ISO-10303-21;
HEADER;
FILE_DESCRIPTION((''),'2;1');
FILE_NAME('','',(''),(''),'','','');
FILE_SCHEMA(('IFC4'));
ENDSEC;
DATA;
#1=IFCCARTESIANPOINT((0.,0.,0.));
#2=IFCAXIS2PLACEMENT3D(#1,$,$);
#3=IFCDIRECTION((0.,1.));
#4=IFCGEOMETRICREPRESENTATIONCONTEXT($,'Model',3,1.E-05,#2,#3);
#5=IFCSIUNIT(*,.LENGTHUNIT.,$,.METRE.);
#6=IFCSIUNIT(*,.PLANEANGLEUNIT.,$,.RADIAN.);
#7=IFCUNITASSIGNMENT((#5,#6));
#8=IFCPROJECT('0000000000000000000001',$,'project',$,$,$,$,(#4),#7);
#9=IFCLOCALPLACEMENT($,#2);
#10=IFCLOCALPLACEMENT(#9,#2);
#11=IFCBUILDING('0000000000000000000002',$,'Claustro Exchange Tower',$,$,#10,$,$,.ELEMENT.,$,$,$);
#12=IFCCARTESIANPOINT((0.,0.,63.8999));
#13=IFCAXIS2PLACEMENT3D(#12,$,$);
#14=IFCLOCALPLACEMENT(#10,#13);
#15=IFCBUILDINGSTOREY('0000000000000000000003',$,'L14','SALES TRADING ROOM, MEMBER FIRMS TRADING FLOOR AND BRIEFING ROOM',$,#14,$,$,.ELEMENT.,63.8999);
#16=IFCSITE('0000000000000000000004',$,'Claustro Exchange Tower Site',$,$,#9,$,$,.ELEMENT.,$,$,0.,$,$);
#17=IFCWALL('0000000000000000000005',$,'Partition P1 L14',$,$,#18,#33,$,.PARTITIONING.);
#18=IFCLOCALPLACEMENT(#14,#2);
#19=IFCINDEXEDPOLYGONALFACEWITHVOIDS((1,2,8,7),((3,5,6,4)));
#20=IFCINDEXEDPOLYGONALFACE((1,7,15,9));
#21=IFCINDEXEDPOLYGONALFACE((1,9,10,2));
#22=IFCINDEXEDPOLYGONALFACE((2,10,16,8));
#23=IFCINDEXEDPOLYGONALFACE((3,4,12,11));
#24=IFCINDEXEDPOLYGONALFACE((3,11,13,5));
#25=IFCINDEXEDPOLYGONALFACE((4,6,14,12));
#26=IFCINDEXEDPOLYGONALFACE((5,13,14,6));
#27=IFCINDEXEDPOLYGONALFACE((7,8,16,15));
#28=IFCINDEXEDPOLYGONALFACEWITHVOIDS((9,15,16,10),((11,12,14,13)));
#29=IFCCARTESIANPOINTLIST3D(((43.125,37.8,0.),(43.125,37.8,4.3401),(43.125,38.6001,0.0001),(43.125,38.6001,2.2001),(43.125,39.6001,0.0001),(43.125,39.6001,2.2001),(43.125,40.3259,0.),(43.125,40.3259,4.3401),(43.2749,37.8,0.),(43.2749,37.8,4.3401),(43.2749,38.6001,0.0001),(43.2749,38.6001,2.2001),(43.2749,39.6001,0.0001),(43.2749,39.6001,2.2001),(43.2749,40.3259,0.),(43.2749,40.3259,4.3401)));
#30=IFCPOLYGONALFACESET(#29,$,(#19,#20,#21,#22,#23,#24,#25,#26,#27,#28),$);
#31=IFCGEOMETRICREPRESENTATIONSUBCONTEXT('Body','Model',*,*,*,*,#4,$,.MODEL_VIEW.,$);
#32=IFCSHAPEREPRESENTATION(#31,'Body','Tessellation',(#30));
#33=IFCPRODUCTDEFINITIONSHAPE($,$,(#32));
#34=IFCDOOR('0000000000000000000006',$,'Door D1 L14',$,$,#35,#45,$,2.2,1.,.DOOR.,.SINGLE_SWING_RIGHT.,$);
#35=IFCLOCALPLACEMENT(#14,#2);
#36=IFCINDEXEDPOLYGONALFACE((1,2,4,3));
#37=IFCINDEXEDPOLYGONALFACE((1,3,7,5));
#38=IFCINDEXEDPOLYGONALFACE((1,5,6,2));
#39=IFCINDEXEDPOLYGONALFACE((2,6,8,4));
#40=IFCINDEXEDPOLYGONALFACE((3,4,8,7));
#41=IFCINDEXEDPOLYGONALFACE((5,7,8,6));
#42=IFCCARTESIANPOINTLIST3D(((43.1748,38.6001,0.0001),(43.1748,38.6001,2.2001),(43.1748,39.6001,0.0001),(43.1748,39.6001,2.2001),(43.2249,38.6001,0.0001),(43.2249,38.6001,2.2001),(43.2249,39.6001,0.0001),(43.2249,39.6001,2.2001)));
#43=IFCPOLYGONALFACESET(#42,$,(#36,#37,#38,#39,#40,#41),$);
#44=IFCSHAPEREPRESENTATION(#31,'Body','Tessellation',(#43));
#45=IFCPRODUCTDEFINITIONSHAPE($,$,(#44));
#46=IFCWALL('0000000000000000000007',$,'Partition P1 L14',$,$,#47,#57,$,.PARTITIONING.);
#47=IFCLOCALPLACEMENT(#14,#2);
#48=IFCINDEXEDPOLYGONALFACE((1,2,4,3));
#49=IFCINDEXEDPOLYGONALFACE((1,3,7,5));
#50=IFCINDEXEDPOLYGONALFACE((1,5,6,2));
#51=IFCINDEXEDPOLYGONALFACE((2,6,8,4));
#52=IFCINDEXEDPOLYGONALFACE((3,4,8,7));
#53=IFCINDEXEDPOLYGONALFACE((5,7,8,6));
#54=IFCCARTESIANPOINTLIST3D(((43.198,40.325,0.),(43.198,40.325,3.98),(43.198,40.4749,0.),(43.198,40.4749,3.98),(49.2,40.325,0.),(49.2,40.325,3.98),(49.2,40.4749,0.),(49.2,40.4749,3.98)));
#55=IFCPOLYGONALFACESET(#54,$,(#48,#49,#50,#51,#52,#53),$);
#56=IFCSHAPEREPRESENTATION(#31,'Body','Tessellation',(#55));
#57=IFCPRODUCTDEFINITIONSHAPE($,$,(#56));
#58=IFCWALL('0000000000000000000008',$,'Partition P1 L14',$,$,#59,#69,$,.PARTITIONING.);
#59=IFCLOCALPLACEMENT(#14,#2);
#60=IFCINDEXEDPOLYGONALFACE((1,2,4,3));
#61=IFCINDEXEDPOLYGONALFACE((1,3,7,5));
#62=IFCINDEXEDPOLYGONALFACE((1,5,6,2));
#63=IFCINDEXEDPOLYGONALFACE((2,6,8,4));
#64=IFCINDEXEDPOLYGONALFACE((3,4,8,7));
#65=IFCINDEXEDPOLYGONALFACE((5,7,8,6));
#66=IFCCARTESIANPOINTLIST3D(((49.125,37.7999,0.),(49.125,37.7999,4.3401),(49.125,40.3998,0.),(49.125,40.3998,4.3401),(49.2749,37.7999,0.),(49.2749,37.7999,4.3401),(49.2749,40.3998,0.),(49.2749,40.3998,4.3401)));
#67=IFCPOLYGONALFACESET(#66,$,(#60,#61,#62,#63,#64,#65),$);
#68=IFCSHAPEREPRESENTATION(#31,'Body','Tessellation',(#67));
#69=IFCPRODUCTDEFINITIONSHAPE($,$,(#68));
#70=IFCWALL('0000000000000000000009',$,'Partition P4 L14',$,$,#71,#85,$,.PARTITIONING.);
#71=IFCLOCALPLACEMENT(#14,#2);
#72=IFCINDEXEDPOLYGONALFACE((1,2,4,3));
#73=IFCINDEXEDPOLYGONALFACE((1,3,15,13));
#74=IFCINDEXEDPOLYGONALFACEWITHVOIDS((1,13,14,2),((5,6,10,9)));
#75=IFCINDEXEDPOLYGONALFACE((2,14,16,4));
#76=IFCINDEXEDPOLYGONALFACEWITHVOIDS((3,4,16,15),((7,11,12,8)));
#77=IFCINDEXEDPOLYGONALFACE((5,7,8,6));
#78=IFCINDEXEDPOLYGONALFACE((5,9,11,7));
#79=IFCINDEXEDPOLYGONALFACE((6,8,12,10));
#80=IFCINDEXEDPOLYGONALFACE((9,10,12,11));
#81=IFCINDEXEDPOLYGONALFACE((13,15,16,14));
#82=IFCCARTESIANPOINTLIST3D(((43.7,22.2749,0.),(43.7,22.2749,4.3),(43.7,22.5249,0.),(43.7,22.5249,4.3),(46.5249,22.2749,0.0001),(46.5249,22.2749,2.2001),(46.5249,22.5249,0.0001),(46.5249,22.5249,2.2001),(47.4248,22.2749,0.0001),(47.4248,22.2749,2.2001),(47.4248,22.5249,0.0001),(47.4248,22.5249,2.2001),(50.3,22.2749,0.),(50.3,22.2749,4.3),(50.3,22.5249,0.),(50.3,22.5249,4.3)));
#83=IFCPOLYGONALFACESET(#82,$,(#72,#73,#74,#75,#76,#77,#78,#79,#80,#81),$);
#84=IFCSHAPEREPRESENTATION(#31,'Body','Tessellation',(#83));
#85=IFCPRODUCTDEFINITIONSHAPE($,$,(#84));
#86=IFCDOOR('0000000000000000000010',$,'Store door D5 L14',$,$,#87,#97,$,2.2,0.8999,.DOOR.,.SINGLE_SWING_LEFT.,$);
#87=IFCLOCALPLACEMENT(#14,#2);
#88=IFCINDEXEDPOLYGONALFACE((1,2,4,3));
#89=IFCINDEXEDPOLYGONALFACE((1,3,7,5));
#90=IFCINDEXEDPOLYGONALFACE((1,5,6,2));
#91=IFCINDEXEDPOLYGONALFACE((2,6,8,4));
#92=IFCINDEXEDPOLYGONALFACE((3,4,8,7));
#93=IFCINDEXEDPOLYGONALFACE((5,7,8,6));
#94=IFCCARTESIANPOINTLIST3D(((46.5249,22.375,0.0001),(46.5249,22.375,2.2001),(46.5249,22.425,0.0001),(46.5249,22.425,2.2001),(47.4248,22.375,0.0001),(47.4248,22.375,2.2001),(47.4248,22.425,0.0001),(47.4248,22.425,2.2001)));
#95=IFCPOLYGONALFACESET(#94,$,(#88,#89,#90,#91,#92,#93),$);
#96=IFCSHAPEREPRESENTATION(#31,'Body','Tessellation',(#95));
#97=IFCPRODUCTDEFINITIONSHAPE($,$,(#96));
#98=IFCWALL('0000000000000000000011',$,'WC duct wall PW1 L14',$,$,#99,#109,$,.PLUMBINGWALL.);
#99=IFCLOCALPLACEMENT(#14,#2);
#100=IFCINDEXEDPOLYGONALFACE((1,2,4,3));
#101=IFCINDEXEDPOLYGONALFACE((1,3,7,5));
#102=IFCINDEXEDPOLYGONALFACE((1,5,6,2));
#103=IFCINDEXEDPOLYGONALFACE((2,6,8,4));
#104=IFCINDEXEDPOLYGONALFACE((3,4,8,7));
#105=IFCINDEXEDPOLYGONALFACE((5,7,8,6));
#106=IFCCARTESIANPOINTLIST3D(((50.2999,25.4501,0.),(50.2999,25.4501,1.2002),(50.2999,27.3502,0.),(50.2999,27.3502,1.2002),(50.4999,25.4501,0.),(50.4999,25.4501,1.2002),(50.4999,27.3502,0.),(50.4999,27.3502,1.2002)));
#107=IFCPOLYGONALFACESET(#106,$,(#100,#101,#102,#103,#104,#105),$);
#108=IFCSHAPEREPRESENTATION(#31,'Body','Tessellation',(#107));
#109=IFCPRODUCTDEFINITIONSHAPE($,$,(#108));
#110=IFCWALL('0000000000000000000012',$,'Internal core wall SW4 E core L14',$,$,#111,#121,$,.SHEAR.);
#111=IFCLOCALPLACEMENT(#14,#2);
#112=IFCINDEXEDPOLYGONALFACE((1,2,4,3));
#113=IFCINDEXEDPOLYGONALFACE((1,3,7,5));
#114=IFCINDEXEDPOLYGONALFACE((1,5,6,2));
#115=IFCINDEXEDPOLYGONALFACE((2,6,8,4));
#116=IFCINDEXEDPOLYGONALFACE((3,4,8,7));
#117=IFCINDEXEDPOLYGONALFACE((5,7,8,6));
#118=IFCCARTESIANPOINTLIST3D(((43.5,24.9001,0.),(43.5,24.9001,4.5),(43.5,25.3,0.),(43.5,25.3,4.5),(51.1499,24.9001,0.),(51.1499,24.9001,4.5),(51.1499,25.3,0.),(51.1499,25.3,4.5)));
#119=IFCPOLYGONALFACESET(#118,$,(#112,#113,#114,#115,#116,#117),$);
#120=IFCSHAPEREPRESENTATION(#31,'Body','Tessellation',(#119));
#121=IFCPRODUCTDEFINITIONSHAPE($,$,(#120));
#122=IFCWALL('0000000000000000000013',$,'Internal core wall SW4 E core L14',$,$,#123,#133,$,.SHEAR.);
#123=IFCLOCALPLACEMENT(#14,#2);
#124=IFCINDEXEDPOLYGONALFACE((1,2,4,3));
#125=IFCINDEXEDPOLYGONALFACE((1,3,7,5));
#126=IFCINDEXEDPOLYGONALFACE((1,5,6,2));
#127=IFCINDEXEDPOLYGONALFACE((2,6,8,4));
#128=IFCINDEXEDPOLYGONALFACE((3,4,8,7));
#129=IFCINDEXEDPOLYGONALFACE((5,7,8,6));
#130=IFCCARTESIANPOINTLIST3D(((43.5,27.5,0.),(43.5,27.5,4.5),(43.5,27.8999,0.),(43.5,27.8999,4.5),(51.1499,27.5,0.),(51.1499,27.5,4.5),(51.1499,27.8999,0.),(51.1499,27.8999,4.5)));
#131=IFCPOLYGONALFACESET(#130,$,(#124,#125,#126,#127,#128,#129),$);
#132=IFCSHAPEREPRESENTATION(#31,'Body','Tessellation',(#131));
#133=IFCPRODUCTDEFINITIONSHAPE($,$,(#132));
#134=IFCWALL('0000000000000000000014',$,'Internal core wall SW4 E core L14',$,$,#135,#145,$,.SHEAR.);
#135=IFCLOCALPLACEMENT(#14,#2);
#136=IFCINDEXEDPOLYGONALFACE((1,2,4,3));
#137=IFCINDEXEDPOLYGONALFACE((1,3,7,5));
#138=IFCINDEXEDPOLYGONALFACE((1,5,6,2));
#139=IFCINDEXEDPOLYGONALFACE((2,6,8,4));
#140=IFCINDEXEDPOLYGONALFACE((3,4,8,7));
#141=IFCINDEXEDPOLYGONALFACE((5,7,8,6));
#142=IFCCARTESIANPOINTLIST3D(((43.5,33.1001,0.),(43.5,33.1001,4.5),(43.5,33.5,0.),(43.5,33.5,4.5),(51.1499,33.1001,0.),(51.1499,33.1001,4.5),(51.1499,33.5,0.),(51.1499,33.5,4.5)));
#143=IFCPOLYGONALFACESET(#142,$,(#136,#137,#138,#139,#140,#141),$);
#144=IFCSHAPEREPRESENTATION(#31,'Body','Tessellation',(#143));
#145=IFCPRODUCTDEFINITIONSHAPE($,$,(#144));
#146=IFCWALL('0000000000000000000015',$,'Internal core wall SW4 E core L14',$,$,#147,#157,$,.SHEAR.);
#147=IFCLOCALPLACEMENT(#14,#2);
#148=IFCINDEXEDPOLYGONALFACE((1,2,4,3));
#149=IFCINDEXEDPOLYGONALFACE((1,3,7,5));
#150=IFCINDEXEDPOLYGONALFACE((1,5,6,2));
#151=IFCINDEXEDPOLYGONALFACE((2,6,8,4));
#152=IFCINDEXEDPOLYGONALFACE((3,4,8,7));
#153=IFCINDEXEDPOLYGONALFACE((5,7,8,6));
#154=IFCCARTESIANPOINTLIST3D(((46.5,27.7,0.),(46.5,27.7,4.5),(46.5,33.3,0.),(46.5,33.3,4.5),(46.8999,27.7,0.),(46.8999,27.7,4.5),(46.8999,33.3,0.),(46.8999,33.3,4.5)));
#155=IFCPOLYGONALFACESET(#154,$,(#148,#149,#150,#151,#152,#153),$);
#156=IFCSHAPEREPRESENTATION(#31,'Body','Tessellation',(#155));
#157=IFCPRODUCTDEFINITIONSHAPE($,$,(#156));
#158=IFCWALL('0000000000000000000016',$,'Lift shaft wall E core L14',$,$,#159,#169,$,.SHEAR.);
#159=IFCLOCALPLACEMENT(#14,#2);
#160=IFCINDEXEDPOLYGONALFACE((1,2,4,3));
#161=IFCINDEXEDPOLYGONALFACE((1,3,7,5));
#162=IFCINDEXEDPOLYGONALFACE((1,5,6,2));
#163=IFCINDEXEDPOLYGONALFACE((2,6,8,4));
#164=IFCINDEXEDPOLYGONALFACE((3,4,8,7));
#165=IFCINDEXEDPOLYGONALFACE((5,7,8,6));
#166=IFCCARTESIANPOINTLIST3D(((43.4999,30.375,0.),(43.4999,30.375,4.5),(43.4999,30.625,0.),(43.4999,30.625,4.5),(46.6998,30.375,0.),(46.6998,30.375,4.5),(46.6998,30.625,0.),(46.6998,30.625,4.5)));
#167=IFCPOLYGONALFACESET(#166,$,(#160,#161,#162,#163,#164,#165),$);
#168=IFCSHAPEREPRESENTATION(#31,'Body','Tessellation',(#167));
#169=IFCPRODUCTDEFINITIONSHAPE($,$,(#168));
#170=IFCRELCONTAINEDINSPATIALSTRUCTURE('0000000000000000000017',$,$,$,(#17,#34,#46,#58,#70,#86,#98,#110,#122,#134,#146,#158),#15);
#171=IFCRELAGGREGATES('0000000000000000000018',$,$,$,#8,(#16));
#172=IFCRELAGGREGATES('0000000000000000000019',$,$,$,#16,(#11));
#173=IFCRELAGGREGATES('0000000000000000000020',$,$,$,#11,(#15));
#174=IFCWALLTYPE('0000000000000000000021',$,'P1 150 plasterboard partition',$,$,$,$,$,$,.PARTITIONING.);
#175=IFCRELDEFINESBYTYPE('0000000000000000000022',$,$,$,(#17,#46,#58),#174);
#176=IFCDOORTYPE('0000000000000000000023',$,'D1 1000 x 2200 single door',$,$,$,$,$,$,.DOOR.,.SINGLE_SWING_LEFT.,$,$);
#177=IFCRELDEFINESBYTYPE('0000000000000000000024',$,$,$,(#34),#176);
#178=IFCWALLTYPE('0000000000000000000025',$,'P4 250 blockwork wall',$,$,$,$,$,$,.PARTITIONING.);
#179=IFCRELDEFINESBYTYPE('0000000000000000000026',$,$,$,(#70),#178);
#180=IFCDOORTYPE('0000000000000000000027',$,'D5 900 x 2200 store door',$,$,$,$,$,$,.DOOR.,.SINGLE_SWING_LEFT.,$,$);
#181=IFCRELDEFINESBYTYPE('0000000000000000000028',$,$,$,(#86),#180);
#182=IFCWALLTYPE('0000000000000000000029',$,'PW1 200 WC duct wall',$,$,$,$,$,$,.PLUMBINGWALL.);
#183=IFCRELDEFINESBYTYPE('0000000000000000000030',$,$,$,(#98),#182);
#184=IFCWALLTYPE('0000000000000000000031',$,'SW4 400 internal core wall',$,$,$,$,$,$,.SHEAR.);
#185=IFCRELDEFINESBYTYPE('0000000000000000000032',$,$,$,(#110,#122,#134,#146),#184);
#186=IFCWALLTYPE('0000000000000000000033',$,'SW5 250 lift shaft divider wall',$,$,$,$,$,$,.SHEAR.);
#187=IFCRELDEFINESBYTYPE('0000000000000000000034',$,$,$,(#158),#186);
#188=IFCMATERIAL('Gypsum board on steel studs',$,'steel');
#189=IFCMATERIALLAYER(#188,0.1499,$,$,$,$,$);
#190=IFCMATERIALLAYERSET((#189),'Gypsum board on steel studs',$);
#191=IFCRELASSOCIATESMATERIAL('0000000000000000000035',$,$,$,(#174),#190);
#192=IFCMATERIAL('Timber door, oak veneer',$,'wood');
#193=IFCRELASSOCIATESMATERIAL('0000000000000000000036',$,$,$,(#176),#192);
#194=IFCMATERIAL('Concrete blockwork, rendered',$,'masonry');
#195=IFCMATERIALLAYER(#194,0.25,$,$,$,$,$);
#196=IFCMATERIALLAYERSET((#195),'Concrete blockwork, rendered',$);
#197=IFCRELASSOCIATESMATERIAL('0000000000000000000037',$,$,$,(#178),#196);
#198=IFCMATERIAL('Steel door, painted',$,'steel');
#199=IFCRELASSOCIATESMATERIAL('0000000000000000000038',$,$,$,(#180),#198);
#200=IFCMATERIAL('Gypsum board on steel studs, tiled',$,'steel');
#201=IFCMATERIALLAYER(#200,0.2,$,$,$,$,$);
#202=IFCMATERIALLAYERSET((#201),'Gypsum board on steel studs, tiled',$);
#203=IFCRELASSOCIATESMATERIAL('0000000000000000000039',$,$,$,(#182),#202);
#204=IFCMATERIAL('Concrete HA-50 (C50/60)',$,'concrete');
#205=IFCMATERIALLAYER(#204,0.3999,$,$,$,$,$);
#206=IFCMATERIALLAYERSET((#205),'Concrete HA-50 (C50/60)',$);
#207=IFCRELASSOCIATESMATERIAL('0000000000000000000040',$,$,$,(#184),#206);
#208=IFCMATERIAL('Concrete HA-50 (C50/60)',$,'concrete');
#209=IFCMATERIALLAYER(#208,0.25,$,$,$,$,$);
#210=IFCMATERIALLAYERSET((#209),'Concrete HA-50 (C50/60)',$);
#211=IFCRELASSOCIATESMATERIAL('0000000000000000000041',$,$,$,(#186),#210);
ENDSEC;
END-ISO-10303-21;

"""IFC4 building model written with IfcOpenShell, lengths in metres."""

from ifc_helpers import new_model, si_unit, direction, frame, frame_2d, origin, place, context, subcontext, project, spatial, rectangle, extrude, material, layer, layer_set, type_object, element, fill, save


model = new_model("IFC4")

# Units and contexts
model_context = context("Model", 3, precision=1e-05, world=origin(), true_north=direction((0.0, 1.0)))
body_context = subcontext(model_context, "Body", "Model", "MODEL_VIEW")
ifc_project = project(units=[si_unit("LENGTHUNIT", "METRE"), si_unit("PLANEANGLEUNIT", "RADIAN")], contexts=[model_context])

# Site, building, storey
site_placement = place(None, origin())
site = spatial("IfcSite", under=ifc_project, at=site_placement, Name="Claustro Exchange Tower Site", CompositionType="ELEMENT", RefElevation=0.0)
building_placement = place(site_placement, origin())
building = spatial("IfcBuilding", under=site, at=building_placement, Name="Claustro Exchange Tower", CompositionType="ELEMENT")
storey_placement = place(building_placement, frame((0.0, 0.0, 63.8999)))
storey = spatial("IfcBuildingStorey", under=building, at=storey_placement, Name="L14", Description="SALES TRADING ROOM, MEMBER FIRMS TRADING FLOOR AND BRIEFING ROOM", CompositionType="ELEMENT", Elevation=63.8999)

# Wall, opening, door
ifc_material_1 = material(Name="Gypsum board on steel studs", Category="steel")
ifc_layer_1 = layer(ifc_material_1, 0.1499)
ifc_layer_set_1 = layer_set([ifc_layer_1], Name="Gypsum board on steel studs")
wall_type_1 = type_object("IfcWallType", Name="P1 150 plasterboard partition", PredefinedType="PARTITIONING", material=ifc_layer_set_1)
wall_1_placement = place(storey_placement, frame((43.2, 37.8, 0.0), z_axis=(0.0, 0.0, 1.0), x_axis=(0.0, 1.0, 0.0)))
wall_1 = element("IfcWall", 1, at=wall_1_placement, inside=storey, type_object=wall_type_1, Name="Partition P1 L14", PredefinedType="PARTITIONING", context=body_context, shape_type="SweptSolid", body=[
    extrude(rectangle(XDim=2.5259, YDim=0.1499, at=frame_2d((1.2629, 0.0))), origin(), (0.0, 0.0, 1.0), 4.3401),
])
opening_1_placement = place(wall_1_placement, frame((0.8, 0.0, 0.0)))
opening_1 = element("IfcOpeningElement", 2, at=opening_1_placement, cuts=wall_1, PredefinedType="OPENING", context=body_context, shape_type="SweptSolid", body=[
    extrude(rectangle(XDim=1.0, YDim=2.2, at=frame_2d((0.5, 1.1001))), frame((0.0, 0.085, 0.0), z_axis=(0.0, -1.0, 0.0), x_axis=(1.0, 0.0, 0.0)), (0.0, 0.0, 1.0), 0.1699),
])
ifc_material_2 = material(Name="Timber door, oak veneer", Category="wood")
door_type_1 = type_object("IfcDoorType", Name="D1 1000 x 2200 single door", OperationType="SINGLE_SWING_LEFT", PredefinedType="DOOR", material=ifc_material_2)
door_1_placement = place(opening_1_placement, frame((1.0, 0.0, 0.0), z_axis=(0.0, 0.0, 1.0), x_axis=(-1.0, 0.0, 0.0)))
door_1 = element("IfcDoor", 3, at=door_1_placement, inside=storey, type_object=door_type_1, Name="Door D1 L14", OperationType="SINGLE_SWING_RIGHT", OverallHeight=2.2, OverallWidth=1.0, PredefinedType="DOOR", context=body_context, shape_type="SweptSolid", body=[
    extrude(rectangle(XDim=1.0, YDim=2.2, at=frame_2d((0.5, 1.1001))), frame((0.0, 0.0249, 0.0), z_axis=(0.0, -1.0, 0.0), x_axis=(1.0, 0.0, 0.0)), (0.0, 0.0, 1.0), 0.05),
])
fill(opening_1, door_1)

# Walls
wall_2_placement = place(storey_placement, frame((43.198, 40.3999, 0.0), z_axis=(0.0, 0.0, 1.0), x_axis=(1.0, 0.0, 0.0)))
element("IfcWall", 4, at=wall_2_placement, inside=storey, type_object=wall_type_1, Name="Partition P1 L14", PredefinedType="PARTITIONING", context=body_context, shape_type="SweptSolid", body=[
    extrude(rectangle(XDim=6.002, YDim=0.1499, at=frame_2d((3.001, 0.0))), origin(), (0.0, 0.0, 1.0), 3.98),
])
wall_3_placement = place(storey_placement, frame((49.2, 37.8, 0.0), z_axis=(0.0, 0.0, 1.0), x_axis=(0.0, 1.0, 0.0)))
element("IfcWall", 5, at=wall_3_placement, inside=storey, type_object=wall_type_1, Name="Partition P1 L14", PredefinedType="PARTITIONING", context=body_context, shape_type="SweptSolid", body=[
    extrude(rectangle(XDim=2.5999, YDim=0.1499, at=frame_2d((1.2998, 0.0))), origin(), (0.0, 0.0, 1.0), 4.3401),
])

# Wall, opening, door
ifc_material_3 = material(Name="Concrete blockwork, rendered", Category="masonry")
ifc_layer_2 = layer(ifc_material_3, 0.25)
ifc_layer_set_2 = layer_set([ifc_layer_2], Name="Concrete blockwork, rendered")
wall_type_2 = type_object("IfcWallType", Name="P4 250 blockwork wall", PredefinedType="PARTITIONING", material=ifc_layer_set_2)
wall_4_placement = place(storey_placement, frame((43.7, 22.3999, 0.0), z_axis=(0.0, 0.0, 1.0), x_axis=(1.0, 0.0, 0.0)))
wall_4 = element("IfcWall", 6, at=wall_4_placement, inside=storey, type_object=wall_type_2, Name="Partition P4 L14", PredefinedType="PARTITIONING", context=body_context, shape_type="SweptSolid", body=[
    extrude(rectangle(XDim=6.6001, YDim=0.25, at=frame_2d((3.3, 0.0))), origin(), (0.0, 0.0, 1.0), 4.3),
])
opening_2_placement = place(wall_4_placement, frame((2.825, 0.0, 0.0)))
opening_2 = element("IfcOpeningElement", 7, at=opening_2_placement, cuts=wall_4, PredefinedType="OPENING", context=body_context, shape_type="SweptSolid", body=[
    extrude(rectangle(XDim=0.8999, YDim=2.2, at=frame_2d((0.45, 1.1001))), frame((0.0, 0.135, 0.0), z_axis=(0.0, -1.0, 0.0), x_axis=(1.0, 0.0, 0.0)), (0.0, 0.0, 1.0), 0.27),
])
ifc_material_4 = material(Name="Steel door, painted", Category="steel")
door_type_2 = type_object("IfcDoorType", Name="D5 900 x 2200 store door", OperationType="SINGLE_SWING_LEFT", PredefinedType="DOOR", material=ifc_material_4)
door_2_placement = place(opening_2_placement, frame((0.8999, 0.0, 0.0), z_axis=(0.0, 0.0, 1.0), x_axis=(-1.0, 0.0, 0.0)))
door_2 = element("IfcDoor", 8, at=door_2_placement, inside=storey, type_object=door_type_2, Name="Store door D5 L14", OperationType="SINGLE_SWING_LEFT", OverallHeight=2.2, OverallWidth=0.8999, PredefinedType="DOOR", context=body_context, shape_type="SweptSolid", body=[
    extrude(rectangle(XDim=0.8999, YDim=2.2, at=frame_2d((0.45, 1.1001))), frame((0.0, 0.0249, 0.0), z_axis=(0.0, -1.0, 0.0), x_axis=(1.0, 0.0, 0.0)), (0.0, 0.0, 1.0), 0.05),
])
fill(opening_2, door_2)

# Walls
ifc_material_5 = material(Name="Gypsum board on steel studs, tiled", Category="steel")
ifc_layer_3 = layer(ifc_material_5, 0.2)
ifc_layer_set_3 = layer_set([ifc_layer_3], Name="Gypsum board on steel studs, tiled")
wall_type_3 = type_object("IfcWallType", Name="PW1 200 WC duct wall", PredefinedType="PLUMBINGWALL", material=ifc_layer_set_3)
wall_5_placement = place(storey_placement, frame((50.3999, 25.45, 0.0), z_axis=(0.0, 0.0, 1.0), x_axis=(0.0, 1.0, 0.0)))
element("IfcWall", 9, at=wall_5_placement, inside=storey, type_object=wall_type_3, Name="WC duct wall PW1 L14", PredefinedType="PLUMBINGWALL", context=body_context, shape_type="SweptSolid", body=[
    extrude(rectangle(XDim=1.9001, YDim=0.2, at=frame_2d((0.9502, 0.0))), origin(), (0.0, 0.0, 1.0), 1.2002),
])
ifc_material_6 = material(Name="Concrete HA-50 (C50/60)", Category="concrete")
ifc_layer_4 = layer(ifc_material_6, 0.3999)
ifc_layer_set_4 = layer_set([ifc_layer_4], Name="Concrete HA-50 (C50/60)")
wall_type_4 = type_object("IfcWallType", Name="SW4 400 internal core wall", PredefinedType="SHEAR", material=ifc_layer_set_4)
for number, where, z_axis, x_axis, name in (
    (10, (51.1499, 25.1001, 0.0), (0.0, 0.0, 1.0), (-1.0, 0.0, 0.0), "Internal core wall SW4 E core L14"),
    (11, (51.1499, 27.7, 0.0), (0.0, 0.0, 1.0), (-1.0, 0.0, 0.0), "Internal core wall SW4 E core L14"),
    (12, (51.1499, 33.3, 0.0), (0.0, 0.0, 1.0), (-1.0, 0.0, 0.0), "Internal core wall SW4 E core L14"),
):
    element("IfcWall", number, at=place(storey_placement, frame(where, z_axis=z_axis, x_axis=x_axis)), inside=storey, type_object=wall_type_4, Name=name, PredefinedType="SHEAR", context=body_context, shape_type="SweptSolid", body=[
        extrude(rectangle(XDim=7.6499, YDim=0.3999, at=frame_2d((3.825, 0.0))), origin(), (0.0, 0.0, 1.0), 4.5),
    ])
wall_6_placement = place(storey_placement, frame((46.7, 27.7, 0.0), z_axis=(0.0, 0.0, 1.0), x_axis=(0.0, 1.0, 0.0)))
element("IfcWall", 13, at=wall_6_placement, inside=storey, type_object=wall_type_4, Name="Internal core wall SW4 E core L14", PredefinedType="SHEAR", context=body_context, shape_type="SweptSolid", body=[
    extrude(rectangle(XDim=5.6001, YDim=0.3999, at=frame_2d((2.8, 0.0))), origin(), (0.0, 0.0, 1.0), 4.5),
])
ifc_material_7 = material(Name="Concrete HA-50 (C50/60)", Category="concrete")
ifc_layer_5 = layer(ifc_material_7, 0.25)
ifc_layer_set_5 = layer_set([ifc_layer_5], Name="Concrete HA-50 (C50/60)")
wall_type_5 = type_object("IfcWallType", Name="SW5 250 lift shaft divider wall", PredefinedType="SHEAR", material=ifc_layer_set_5)
wall_7_placement = place(storey_placement, frame((46.7, 30.5, 0.0), z_axis=(0.0, 0.0, 1.0), x_axis=(-1.0, 0.0, 0.0)))
element("IfcWall", 14, at=wall_7_placement, inside=storey, type_object=wall_type_5, Name="Lift shaft wall E core L14", PredefinedType="SHEAR", context=body_context, shape_type="SweptSolid", body=[
    extrude(rectangle(XDim=3.2, YDim=0.25, at=frame_2d((1.6001, 0.0))), origin(), (0.0, 0.0, 1.0), 4.5),
])

save(model, "model.ifc")
